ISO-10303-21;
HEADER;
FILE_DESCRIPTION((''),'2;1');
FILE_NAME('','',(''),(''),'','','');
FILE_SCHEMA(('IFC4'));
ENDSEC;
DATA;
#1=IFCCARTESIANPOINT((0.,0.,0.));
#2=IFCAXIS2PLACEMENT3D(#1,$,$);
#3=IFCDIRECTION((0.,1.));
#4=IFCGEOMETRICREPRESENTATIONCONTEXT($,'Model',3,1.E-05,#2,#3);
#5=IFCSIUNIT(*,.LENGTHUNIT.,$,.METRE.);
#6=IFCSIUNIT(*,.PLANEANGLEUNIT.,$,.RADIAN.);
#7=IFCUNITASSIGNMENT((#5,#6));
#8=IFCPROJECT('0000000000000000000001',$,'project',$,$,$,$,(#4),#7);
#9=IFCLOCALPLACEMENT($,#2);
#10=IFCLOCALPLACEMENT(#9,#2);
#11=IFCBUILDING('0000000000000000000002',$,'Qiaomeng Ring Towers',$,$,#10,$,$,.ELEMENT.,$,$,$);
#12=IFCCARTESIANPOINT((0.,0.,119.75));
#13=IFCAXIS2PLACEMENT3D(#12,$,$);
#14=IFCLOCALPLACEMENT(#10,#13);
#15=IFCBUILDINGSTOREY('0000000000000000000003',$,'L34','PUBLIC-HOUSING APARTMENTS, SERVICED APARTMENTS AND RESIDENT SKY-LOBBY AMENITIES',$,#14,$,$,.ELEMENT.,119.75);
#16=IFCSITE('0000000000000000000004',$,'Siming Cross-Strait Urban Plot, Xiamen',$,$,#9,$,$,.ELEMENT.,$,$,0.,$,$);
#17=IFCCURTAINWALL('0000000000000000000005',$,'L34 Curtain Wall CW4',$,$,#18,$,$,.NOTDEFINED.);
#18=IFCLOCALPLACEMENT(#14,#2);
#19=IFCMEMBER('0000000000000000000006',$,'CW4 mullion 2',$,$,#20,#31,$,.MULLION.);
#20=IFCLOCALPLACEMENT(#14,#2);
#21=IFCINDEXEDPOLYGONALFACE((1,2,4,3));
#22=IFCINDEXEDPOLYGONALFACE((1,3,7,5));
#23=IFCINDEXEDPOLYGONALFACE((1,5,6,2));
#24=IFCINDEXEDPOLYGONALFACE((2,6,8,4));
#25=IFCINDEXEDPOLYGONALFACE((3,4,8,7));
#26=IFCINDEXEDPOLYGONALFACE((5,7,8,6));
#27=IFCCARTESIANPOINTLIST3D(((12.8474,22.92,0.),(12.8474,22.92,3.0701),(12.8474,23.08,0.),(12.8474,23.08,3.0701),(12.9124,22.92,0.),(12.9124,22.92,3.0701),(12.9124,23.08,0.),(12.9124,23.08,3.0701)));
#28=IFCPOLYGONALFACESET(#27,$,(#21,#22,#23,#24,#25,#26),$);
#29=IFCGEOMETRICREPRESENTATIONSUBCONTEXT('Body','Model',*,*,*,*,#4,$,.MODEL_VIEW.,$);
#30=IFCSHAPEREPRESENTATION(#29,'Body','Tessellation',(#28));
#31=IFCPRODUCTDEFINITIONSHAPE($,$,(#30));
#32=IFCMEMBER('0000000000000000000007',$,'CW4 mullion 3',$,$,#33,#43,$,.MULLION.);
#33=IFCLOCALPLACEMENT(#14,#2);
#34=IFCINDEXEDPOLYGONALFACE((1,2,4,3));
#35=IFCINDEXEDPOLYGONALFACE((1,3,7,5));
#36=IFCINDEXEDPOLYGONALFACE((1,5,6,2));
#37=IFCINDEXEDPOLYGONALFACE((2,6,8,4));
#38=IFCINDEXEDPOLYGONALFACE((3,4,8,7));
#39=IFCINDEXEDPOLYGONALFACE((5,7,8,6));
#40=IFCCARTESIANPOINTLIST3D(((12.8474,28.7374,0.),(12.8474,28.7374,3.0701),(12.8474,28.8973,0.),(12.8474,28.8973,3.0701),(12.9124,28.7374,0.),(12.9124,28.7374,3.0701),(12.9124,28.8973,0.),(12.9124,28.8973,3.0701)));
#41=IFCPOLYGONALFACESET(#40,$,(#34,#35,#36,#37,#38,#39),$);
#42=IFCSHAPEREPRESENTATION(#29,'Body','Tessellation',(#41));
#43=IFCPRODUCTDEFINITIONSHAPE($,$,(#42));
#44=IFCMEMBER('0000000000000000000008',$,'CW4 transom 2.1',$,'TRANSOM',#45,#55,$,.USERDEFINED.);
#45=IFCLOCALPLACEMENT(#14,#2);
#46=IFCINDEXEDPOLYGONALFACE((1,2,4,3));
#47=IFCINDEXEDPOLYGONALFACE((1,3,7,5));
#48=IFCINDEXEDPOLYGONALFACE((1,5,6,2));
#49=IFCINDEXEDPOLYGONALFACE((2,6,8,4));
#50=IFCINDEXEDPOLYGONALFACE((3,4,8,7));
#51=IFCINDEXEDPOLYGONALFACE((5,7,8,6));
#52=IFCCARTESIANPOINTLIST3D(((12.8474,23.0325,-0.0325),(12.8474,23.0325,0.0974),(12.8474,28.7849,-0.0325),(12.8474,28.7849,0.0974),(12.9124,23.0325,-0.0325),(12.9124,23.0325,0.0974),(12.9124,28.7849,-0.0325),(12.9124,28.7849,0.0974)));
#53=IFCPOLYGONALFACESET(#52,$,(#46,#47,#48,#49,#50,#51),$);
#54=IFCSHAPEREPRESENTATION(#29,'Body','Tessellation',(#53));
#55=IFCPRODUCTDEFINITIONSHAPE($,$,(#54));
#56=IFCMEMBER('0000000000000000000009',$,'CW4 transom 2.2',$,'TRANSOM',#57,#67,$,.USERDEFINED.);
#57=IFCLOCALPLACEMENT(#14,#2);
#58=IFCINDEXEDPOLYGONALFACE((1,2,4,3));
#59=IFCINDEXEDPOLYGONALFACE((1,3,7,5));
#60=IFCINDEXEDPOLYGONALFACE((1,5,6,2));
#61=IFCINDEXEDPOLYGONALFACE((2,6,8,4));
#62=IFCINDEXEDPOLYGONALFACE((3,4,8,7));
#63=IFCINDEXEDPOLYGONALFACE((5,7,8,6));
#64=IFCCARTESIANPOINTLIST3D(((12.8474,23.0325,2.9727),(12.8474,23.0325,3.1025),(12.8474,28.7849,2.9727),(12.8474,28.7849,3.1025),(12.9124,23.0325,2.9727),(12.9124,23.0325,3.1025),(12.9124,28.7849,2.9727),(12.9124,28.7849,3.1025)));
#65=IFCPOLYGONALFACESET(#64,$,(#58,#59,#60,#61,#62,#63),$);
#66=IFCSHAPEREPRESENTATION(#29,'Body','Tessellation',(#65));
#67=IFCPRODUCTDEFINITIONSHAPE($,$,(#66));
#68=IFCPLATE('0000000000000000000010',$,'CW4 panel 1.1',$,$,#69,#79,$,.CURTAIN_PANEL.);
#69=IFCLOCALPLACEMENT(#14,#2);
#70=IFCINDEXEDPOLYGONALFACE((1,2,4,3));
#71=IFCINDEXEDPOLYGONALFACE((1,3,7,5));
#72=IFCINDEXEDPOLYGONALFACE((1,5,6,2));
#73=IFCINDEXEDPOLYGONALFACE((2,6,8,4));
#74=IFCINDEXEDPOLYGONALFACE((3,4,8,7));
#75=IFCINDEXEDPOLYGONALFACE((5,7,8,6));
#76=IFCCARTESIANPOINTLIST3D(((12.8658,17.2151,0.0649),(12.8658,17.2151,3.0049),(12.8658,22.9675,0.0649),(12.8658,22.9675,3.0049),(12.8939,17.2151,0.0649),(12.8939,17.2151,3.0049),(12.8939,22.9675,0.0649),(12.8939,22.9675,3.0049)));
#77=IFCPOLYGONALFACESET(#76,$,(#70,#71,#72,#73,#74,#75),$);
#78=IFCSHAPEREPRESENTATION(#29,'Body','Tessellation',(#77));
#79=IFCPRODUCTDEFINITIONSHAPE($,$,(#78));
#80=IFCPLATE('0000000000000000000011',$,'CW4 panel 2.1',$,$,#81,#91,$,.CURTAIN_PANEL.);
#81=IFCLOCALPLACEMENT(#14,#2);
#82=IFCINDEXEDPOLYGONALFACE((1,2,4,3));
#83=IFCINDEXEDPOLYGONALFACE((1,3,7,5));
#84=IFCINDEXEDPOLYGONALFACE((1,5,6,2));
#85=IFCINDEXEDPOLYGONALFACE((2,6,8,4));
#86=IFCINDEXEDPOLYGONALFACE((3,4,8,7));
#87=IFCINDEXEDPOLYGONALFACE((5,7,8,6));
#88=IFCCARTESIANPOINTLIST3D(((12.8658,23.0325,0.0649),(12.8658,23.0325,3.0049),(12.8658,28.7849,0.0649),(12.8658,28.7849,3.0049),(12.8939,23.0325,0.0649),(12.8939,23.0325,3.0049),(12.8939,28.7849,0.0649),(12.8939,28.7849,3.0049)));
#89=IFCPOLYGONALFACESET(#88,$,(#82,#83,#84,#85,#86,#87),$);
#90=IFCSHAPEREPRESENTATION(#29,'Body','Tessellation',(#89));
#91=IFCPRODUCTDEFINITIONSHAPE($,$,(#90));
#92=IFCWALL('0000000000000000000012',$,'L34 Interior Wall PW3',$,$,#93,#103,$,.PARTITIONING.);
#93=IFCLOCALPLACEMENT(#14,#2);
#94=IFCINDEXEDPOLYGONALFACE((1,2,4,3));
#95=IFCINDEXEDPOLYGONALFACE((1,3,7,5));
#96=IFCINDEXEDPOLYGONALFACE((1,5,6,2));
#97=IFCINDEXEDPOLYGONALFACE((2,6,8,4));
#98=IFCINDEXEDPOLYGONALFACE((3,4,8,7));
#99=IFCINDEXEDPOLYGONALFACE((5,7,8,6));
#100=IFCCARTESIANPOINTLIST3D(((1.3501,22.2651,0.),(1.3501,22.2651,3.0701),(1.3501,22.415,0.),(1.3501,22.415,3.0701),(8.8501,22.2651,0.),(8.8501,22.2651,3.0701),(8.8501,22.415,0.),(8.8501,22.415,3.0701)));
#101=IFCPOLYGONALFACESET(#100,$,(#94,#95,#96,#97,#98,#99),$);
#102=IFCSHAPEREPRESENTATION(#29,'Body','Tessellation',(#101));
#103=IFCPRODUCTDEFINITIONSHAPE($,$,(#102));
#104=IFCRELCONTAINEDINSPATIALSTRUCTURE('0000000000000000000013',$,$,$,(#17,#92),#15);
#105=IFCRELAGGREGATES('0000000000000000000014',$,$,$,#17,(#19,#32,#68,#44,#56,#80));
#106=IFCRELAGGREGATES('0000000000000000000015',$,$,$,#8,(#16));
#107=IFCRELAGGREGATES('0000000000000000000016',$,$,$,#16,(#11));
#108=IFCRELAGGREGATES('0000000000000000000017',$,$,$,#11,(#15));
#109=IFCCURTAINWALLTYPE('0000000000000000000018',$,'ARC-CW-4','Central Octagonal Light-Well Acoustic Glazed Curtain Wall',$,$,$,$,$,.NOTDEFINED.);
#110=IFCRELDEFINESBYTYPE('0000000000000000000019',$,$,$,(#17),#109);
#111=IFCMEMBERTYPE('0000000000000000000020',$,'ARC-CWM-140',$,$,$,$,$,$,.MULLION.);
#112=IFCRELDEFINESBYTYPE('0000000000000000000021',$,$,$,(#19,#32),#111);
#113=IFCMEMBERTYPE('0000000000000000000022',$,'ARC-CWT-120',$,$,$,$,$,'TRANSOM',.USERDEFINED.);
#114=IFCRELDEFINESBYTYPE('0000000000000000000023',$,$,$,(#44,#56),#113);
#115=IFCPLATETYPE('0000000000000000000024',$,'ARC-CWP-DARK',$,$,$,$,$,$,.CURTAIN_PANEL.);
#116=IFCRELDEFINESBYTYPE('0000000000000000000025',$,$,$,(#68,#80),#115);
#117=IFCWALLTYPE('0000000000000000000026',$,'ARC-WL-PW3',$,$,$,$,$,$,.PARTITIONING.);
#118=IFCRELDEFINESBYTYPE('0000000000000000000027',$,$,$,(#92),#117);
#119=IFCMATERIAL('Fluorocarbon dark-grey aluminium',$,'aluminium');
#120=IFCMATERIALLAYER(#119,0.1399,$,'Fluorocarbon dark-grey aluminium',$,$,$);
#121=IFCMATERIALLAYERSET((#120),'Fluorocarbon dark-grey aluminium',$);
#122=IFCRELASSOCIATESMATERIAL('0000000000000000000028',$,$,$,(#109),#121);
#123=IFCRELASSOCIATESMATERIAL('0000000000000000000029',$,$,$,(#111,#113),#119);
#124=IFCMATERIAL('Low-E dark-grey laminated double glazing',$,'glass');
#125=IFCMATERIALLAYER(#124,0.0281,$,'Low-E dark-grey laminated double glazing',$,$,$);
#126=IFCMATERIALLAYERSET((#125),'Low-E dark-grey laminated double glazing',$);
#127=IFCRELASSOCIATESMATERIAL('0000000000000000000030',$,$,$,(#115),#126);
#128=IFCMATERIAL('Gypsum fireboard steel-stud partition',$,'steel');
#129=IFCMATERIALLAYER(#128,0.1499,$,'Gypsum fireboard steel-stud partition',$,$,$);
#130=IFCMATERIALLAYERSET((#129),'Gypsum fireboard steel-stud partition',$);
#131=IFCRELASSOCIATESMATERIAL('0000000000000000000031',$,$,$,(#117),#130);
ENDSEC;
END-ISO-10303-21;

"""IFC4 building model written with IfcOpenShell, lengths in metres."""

from ifc_helpers import new_model, si_unit, direction, frame, frame_2d, origin, origin_2d, place, context, subcontext, project, spatial, rectangle, extrude, source, transform, mapped, material, layer, layer_set, material_profile, profile_set, type_object, element, aggregate, save


model = new_model("IFC4")

# Units and contexts
model_context = context("Model", 3, precision=1e-05, world=origin(), true_north=direction((0.0, 1.0)))
body_context = subcontext(model_context, "Body", "Model", "MODEL_VIEW")
ifc_project = project(units=[si_unit("LENGTHUNIT", "METRE"), si_unit("PLANEANGLEUNIT", "RADIAN")], contexts=[model_context])

# Site, building, storey
site_placement = place(None, origin())
site = spatial("IfcSite", under=ifc_project, at=site_placement, Name="Siming Cross-Strait Urban Plot, Xiamen", CompositionType="ELEMENT", RefElevation=0.0)
building_placement = place(site_placement, origin())
building = spatial("IfcBuilding", under=site, at=building_placement, Name="Qiaomeng Ring Towers", CompositionType="ELEMENT")
storey_placement = place(building_placement, frame((0.0, 0.0, 119.75)))
storey = spatial("IfcBuildingStorey", under=building, at=storey_placement, Name="L34", Description="PUBLIC-HOUSING APARTMENTS, SERVICED APARTMENTS AND RESIDENT SKY-LOBBY AMENITIES", CompositionType="ELEMENT", Elevation=119.75)

# Curtain wall, members, plates
ifc_material_1 = material(Name="Fluorocarbon dark-grey aluminium", Category="aluminium")
ifc_layer_1 = layer(ifc_material_1, 0.1399, Name="Fluorocarbon dark-grey aluminium")
ifc_layer_set_1 = layer_set([ifc_layer_1], Name="Fluorocarbon dark-grey aluminium")
curtain_wall_type = type_object("IfcCurtainWallType", Name="ARC-CW-4", Description="Central Octagonal Light-Well Acoustic Glazed Curtain Wall", PredefinedType="NOTDEFINED", material=ifc_layer_set_1)
curtain_wall_placement = place(storey_placement, origin())
curtain_wall = element("IfcCurtainWall", 1, at=curtain_wall_placement, inside=storey, type_object=curtain_wall_type, Name="L34 Curtain Wall CW4", PredefinedType="NOTDEFINED")
ifc_material_profile_1 = material_profile(ifc_material_1, rectangle(XDim=0.0649, YDim=0.1599, at=origin_2d()), Name="ALU MULL 65x160")
ifc_profile_set_1 = profile_set([ifc_material_profile_1], Name="Fluorocarbon dark-grey aluminium")
member_type_1 = type_object("IfcMemberType", Name="ARC-CWM-140", PredefinedType="MULLION", material=ifc_profile_set_1)
shared_shape_1 = source(origin(), body_context, "Body", "SweptSolid", [
    extrude(rectangle(XDim=0.0649, YDim=0.1599, at=origin_2d()), origin(), (0.0, 0.0, 1.0), 3.0701),
])
member_1_placement = place(storey_placement, frame((12.8799, 23.0, 0.0), z_axis=(0.0, 0.0, 1.0), x_axis=(-1.0, 0.0, 0.0)))
member_1 = element("IfcMember", 2, at=member_1_placement, type_object=member_type_1, Name="CW4 mullion 2", PredefinedType="MULLION", context=body_context, shape_type="MappedRepresentation", body=[
    mapped(shared_shape_1, transform((0.0, 0.0, 0.0), x_axis=(1.0, 0.0, 0.0), y_axis=(0.0, 1.0, 0.0), z_axis=(0.0, 0.0, 1.0), scale=1.0)),
])
member_2_placement = place(storey_placement, frame((12.8799, 28.8174, 0.0), z_axis=(0.0, 0.0, 1.0), x_axis=(-1.0, 0.0, 0.0)))
member_2 = element("IfcMember", 3, at=member_2_placement, type_object=member_type_1, Name="CW4 mullion 3", PredefinedType="MULLION", context=body_context, shape_type="MappedRepresentation", body=[
    mapped(shared_shape_1, transform((0.0, 0.0, 0.0), x_axis=(1.0, 0.0, 0.0), y_axis=(0.0, 1.0, 0.0), z_axis=(0.0, 0.0, 1.0), scale=1.0)),
])
ifc_material_profile_2 = material_profile(ifc_material_1, rectangle(XDim=0.0649, YDim=0.1299, at=origin_2d()), Name="ALU TRAN 65x130")
ifc_profile_set_2 = profile_set([ifc_material_profile_2], Name="Fluorocarbon dark-grey aluminium")
member_type_2 = type_object("IfcMemberType", Name="ARC-CWT-120", ElementType="TRANSOM", PredefinedType="USERDEFINED", material=ifc_profile_set_2)
shared_shape_2 = source(origin(), body_context, "Body", "SweptSolid", [
    extrude(rectangle(XDim=0.0649, YDim=0.1299, at=origin_2d()), origin(), (0.0, 0.0, 1.0), 5.7524),
])
member_3_placement = place(storey_placement, frame((12.8799, 23.0325, 0.0325), z_axis=(0.0, 1.0, 0.0), x_axis=(-1.0, 0.0, 0.0)))
member_3 = element("IfcMember", 4, at=member_3_placement, type_object=member_type_2, Name="CW4 transom 2.1", ObjectType="TRANSOM", PredefinedType="USERDEFINED", context=body_context, shape_type="MappedRepresentation", body=[
    mapped(shared_shape_2, transform((0.0, 0.0, 0.0), x_axis=(1.0, 0.0, 0.0), y_axis=(0.0, 1.0, 0.0), z_axis=(0.0, 0.0, 1.0), scale=1.0)),
])
member_4_placement = place(storey_placement, frame((12.8799, 23.0325, 3.0376), z_axis=(0.0, 1.0, 0.0), x_axis=(-1.0, 0.0, 0.0)))
member_4 = element("IfcMember", 5, at=member_4_placement, type_object=member_type_2, Name="CW4 transom 2.2", ObjectType="TRANSOM", PredefinedType="USERDEFINED", context=body_context, shape_type="MappedRepresentation", body=[
    mapped(shared_shape_2, transform((0.0, 0.0, 0.0), x_axis=(1.0, 0.0, 0.0), y_axis=(0.0, 1.0, 0.0), z_axis=(0.0, 0.0, 1.0), scale=1.0)),
])
ifc_material_2 = material(Name="Low-E dark-grey laminated double glazing", Category="glass")
ifc_layer_2 = layer(ifc_material_2, 0.0281, Name="Low-E dark-grey laminated double glazing")
ifc_layer_set_2 = layer_set([ifc_layer_2], Name="Low-E dark-grey laminated double glazing")
plate_type = type_object("IfcPlateType", Name="ARC-CWP-DARK", PredefinedType="CURTAIN_PANEL", material=ifc_layer_set_2)
shared_shape_3 = source(origin(), body_context, "Body", "SweptSolid", [
    extrude(rectangle(XDim=5.7524, YDim=0.0281, at=origin_2d()), origin(), (0.0, 0.0, 1.0), 2.9399),
])
plate_1_placement = place(storey_placement, frame((12.8799, 20.0913, 0.0649), z_axis=(0.0, 0.0, 1.0), x_axis=(0.0, 1.0, 0.0)))
plate_1 = element("IfcPlate", 6, at=plate_1_placement, type_object=plate_type, Name="CW4 panel 1.1", PredefinedType="CURTAIN_PANEL", context=body_context, shape_type="MappedRepresentation", body=[
    mapped(shared_shape_3, transform((0.0, 0.0, 0.0), x_axis=(1.0, 0.0, 0.0), y_axis=(0.0, 1.0, 0.0), z_axis=(0.0, 0.0, 1.0), scale=1.0)),
])
plate_2_placement = place(storey_placement, frame((12.8799, 25.9087, 0.0649), z_axis=(0.0, 0.0, 1.0), x_axis=(0.0, 1.0, 0.0)))
plate_2 = element("IfcPlate", 7, at=plate_2_placement, type_object=plate_type, Name="CW4 panel 2.1", PredefinedType="CURTAIN_PANEL", context=body_context, shape_type="MappedRepresentation", body=[
    mapped(shared_shape_3, transform((0.0, 0.0, 0.0), x_axis=(1.0, 0.0, 0.0), y_axis=(0.0, 1.0, 0.0), z_axis=(0.0, 0.0, 1.0), scale=1.0)),
])
aggregate(curtain_wall, [member_1, member_2, plate_1, member_3, member_4, plate_2])

# Wall
ifc_material_3 = material(Name="Gypsum fireboard steel-stud partition", Category="steel")
ifc_layer_3 = layer(ifc_material_3, 0.1499, Name="Gypsum fireboard steel-stud partition")
ifc_layer_set_3 = layer_set([ifc_layer_3], Name="Gypsum fireboard steel-stud partition")
wall_type_1 = type_object("IfcWallType", Name="ARC-WL-PW3", PredefinedType="PARTITIONING", material=ifc_layer_set_3)
wall_1_placement = place(storey_placement, frame((1.3501, 22.3401, 0.0), z_axis=(0.0, 0.0, 1.0), x_axis=(1.0, 0.0, 0.0)))
element("IfcWall", 8, at=wall_1_placement, inside=storey, type_object=wall_type_1, Name="L34 Interior Wall PW3", PredefinedType="PARTITIONING", context=body_context, shape_type="SweptSolid", body=[
    extrude(rectangle(XDim=7.5, YDim=0.1499, at=frame_2d((3.75, 0.0))), origin(), (0.0, 0.0, 1.0), 3.0701),
])

save(model, "model.ifc")
